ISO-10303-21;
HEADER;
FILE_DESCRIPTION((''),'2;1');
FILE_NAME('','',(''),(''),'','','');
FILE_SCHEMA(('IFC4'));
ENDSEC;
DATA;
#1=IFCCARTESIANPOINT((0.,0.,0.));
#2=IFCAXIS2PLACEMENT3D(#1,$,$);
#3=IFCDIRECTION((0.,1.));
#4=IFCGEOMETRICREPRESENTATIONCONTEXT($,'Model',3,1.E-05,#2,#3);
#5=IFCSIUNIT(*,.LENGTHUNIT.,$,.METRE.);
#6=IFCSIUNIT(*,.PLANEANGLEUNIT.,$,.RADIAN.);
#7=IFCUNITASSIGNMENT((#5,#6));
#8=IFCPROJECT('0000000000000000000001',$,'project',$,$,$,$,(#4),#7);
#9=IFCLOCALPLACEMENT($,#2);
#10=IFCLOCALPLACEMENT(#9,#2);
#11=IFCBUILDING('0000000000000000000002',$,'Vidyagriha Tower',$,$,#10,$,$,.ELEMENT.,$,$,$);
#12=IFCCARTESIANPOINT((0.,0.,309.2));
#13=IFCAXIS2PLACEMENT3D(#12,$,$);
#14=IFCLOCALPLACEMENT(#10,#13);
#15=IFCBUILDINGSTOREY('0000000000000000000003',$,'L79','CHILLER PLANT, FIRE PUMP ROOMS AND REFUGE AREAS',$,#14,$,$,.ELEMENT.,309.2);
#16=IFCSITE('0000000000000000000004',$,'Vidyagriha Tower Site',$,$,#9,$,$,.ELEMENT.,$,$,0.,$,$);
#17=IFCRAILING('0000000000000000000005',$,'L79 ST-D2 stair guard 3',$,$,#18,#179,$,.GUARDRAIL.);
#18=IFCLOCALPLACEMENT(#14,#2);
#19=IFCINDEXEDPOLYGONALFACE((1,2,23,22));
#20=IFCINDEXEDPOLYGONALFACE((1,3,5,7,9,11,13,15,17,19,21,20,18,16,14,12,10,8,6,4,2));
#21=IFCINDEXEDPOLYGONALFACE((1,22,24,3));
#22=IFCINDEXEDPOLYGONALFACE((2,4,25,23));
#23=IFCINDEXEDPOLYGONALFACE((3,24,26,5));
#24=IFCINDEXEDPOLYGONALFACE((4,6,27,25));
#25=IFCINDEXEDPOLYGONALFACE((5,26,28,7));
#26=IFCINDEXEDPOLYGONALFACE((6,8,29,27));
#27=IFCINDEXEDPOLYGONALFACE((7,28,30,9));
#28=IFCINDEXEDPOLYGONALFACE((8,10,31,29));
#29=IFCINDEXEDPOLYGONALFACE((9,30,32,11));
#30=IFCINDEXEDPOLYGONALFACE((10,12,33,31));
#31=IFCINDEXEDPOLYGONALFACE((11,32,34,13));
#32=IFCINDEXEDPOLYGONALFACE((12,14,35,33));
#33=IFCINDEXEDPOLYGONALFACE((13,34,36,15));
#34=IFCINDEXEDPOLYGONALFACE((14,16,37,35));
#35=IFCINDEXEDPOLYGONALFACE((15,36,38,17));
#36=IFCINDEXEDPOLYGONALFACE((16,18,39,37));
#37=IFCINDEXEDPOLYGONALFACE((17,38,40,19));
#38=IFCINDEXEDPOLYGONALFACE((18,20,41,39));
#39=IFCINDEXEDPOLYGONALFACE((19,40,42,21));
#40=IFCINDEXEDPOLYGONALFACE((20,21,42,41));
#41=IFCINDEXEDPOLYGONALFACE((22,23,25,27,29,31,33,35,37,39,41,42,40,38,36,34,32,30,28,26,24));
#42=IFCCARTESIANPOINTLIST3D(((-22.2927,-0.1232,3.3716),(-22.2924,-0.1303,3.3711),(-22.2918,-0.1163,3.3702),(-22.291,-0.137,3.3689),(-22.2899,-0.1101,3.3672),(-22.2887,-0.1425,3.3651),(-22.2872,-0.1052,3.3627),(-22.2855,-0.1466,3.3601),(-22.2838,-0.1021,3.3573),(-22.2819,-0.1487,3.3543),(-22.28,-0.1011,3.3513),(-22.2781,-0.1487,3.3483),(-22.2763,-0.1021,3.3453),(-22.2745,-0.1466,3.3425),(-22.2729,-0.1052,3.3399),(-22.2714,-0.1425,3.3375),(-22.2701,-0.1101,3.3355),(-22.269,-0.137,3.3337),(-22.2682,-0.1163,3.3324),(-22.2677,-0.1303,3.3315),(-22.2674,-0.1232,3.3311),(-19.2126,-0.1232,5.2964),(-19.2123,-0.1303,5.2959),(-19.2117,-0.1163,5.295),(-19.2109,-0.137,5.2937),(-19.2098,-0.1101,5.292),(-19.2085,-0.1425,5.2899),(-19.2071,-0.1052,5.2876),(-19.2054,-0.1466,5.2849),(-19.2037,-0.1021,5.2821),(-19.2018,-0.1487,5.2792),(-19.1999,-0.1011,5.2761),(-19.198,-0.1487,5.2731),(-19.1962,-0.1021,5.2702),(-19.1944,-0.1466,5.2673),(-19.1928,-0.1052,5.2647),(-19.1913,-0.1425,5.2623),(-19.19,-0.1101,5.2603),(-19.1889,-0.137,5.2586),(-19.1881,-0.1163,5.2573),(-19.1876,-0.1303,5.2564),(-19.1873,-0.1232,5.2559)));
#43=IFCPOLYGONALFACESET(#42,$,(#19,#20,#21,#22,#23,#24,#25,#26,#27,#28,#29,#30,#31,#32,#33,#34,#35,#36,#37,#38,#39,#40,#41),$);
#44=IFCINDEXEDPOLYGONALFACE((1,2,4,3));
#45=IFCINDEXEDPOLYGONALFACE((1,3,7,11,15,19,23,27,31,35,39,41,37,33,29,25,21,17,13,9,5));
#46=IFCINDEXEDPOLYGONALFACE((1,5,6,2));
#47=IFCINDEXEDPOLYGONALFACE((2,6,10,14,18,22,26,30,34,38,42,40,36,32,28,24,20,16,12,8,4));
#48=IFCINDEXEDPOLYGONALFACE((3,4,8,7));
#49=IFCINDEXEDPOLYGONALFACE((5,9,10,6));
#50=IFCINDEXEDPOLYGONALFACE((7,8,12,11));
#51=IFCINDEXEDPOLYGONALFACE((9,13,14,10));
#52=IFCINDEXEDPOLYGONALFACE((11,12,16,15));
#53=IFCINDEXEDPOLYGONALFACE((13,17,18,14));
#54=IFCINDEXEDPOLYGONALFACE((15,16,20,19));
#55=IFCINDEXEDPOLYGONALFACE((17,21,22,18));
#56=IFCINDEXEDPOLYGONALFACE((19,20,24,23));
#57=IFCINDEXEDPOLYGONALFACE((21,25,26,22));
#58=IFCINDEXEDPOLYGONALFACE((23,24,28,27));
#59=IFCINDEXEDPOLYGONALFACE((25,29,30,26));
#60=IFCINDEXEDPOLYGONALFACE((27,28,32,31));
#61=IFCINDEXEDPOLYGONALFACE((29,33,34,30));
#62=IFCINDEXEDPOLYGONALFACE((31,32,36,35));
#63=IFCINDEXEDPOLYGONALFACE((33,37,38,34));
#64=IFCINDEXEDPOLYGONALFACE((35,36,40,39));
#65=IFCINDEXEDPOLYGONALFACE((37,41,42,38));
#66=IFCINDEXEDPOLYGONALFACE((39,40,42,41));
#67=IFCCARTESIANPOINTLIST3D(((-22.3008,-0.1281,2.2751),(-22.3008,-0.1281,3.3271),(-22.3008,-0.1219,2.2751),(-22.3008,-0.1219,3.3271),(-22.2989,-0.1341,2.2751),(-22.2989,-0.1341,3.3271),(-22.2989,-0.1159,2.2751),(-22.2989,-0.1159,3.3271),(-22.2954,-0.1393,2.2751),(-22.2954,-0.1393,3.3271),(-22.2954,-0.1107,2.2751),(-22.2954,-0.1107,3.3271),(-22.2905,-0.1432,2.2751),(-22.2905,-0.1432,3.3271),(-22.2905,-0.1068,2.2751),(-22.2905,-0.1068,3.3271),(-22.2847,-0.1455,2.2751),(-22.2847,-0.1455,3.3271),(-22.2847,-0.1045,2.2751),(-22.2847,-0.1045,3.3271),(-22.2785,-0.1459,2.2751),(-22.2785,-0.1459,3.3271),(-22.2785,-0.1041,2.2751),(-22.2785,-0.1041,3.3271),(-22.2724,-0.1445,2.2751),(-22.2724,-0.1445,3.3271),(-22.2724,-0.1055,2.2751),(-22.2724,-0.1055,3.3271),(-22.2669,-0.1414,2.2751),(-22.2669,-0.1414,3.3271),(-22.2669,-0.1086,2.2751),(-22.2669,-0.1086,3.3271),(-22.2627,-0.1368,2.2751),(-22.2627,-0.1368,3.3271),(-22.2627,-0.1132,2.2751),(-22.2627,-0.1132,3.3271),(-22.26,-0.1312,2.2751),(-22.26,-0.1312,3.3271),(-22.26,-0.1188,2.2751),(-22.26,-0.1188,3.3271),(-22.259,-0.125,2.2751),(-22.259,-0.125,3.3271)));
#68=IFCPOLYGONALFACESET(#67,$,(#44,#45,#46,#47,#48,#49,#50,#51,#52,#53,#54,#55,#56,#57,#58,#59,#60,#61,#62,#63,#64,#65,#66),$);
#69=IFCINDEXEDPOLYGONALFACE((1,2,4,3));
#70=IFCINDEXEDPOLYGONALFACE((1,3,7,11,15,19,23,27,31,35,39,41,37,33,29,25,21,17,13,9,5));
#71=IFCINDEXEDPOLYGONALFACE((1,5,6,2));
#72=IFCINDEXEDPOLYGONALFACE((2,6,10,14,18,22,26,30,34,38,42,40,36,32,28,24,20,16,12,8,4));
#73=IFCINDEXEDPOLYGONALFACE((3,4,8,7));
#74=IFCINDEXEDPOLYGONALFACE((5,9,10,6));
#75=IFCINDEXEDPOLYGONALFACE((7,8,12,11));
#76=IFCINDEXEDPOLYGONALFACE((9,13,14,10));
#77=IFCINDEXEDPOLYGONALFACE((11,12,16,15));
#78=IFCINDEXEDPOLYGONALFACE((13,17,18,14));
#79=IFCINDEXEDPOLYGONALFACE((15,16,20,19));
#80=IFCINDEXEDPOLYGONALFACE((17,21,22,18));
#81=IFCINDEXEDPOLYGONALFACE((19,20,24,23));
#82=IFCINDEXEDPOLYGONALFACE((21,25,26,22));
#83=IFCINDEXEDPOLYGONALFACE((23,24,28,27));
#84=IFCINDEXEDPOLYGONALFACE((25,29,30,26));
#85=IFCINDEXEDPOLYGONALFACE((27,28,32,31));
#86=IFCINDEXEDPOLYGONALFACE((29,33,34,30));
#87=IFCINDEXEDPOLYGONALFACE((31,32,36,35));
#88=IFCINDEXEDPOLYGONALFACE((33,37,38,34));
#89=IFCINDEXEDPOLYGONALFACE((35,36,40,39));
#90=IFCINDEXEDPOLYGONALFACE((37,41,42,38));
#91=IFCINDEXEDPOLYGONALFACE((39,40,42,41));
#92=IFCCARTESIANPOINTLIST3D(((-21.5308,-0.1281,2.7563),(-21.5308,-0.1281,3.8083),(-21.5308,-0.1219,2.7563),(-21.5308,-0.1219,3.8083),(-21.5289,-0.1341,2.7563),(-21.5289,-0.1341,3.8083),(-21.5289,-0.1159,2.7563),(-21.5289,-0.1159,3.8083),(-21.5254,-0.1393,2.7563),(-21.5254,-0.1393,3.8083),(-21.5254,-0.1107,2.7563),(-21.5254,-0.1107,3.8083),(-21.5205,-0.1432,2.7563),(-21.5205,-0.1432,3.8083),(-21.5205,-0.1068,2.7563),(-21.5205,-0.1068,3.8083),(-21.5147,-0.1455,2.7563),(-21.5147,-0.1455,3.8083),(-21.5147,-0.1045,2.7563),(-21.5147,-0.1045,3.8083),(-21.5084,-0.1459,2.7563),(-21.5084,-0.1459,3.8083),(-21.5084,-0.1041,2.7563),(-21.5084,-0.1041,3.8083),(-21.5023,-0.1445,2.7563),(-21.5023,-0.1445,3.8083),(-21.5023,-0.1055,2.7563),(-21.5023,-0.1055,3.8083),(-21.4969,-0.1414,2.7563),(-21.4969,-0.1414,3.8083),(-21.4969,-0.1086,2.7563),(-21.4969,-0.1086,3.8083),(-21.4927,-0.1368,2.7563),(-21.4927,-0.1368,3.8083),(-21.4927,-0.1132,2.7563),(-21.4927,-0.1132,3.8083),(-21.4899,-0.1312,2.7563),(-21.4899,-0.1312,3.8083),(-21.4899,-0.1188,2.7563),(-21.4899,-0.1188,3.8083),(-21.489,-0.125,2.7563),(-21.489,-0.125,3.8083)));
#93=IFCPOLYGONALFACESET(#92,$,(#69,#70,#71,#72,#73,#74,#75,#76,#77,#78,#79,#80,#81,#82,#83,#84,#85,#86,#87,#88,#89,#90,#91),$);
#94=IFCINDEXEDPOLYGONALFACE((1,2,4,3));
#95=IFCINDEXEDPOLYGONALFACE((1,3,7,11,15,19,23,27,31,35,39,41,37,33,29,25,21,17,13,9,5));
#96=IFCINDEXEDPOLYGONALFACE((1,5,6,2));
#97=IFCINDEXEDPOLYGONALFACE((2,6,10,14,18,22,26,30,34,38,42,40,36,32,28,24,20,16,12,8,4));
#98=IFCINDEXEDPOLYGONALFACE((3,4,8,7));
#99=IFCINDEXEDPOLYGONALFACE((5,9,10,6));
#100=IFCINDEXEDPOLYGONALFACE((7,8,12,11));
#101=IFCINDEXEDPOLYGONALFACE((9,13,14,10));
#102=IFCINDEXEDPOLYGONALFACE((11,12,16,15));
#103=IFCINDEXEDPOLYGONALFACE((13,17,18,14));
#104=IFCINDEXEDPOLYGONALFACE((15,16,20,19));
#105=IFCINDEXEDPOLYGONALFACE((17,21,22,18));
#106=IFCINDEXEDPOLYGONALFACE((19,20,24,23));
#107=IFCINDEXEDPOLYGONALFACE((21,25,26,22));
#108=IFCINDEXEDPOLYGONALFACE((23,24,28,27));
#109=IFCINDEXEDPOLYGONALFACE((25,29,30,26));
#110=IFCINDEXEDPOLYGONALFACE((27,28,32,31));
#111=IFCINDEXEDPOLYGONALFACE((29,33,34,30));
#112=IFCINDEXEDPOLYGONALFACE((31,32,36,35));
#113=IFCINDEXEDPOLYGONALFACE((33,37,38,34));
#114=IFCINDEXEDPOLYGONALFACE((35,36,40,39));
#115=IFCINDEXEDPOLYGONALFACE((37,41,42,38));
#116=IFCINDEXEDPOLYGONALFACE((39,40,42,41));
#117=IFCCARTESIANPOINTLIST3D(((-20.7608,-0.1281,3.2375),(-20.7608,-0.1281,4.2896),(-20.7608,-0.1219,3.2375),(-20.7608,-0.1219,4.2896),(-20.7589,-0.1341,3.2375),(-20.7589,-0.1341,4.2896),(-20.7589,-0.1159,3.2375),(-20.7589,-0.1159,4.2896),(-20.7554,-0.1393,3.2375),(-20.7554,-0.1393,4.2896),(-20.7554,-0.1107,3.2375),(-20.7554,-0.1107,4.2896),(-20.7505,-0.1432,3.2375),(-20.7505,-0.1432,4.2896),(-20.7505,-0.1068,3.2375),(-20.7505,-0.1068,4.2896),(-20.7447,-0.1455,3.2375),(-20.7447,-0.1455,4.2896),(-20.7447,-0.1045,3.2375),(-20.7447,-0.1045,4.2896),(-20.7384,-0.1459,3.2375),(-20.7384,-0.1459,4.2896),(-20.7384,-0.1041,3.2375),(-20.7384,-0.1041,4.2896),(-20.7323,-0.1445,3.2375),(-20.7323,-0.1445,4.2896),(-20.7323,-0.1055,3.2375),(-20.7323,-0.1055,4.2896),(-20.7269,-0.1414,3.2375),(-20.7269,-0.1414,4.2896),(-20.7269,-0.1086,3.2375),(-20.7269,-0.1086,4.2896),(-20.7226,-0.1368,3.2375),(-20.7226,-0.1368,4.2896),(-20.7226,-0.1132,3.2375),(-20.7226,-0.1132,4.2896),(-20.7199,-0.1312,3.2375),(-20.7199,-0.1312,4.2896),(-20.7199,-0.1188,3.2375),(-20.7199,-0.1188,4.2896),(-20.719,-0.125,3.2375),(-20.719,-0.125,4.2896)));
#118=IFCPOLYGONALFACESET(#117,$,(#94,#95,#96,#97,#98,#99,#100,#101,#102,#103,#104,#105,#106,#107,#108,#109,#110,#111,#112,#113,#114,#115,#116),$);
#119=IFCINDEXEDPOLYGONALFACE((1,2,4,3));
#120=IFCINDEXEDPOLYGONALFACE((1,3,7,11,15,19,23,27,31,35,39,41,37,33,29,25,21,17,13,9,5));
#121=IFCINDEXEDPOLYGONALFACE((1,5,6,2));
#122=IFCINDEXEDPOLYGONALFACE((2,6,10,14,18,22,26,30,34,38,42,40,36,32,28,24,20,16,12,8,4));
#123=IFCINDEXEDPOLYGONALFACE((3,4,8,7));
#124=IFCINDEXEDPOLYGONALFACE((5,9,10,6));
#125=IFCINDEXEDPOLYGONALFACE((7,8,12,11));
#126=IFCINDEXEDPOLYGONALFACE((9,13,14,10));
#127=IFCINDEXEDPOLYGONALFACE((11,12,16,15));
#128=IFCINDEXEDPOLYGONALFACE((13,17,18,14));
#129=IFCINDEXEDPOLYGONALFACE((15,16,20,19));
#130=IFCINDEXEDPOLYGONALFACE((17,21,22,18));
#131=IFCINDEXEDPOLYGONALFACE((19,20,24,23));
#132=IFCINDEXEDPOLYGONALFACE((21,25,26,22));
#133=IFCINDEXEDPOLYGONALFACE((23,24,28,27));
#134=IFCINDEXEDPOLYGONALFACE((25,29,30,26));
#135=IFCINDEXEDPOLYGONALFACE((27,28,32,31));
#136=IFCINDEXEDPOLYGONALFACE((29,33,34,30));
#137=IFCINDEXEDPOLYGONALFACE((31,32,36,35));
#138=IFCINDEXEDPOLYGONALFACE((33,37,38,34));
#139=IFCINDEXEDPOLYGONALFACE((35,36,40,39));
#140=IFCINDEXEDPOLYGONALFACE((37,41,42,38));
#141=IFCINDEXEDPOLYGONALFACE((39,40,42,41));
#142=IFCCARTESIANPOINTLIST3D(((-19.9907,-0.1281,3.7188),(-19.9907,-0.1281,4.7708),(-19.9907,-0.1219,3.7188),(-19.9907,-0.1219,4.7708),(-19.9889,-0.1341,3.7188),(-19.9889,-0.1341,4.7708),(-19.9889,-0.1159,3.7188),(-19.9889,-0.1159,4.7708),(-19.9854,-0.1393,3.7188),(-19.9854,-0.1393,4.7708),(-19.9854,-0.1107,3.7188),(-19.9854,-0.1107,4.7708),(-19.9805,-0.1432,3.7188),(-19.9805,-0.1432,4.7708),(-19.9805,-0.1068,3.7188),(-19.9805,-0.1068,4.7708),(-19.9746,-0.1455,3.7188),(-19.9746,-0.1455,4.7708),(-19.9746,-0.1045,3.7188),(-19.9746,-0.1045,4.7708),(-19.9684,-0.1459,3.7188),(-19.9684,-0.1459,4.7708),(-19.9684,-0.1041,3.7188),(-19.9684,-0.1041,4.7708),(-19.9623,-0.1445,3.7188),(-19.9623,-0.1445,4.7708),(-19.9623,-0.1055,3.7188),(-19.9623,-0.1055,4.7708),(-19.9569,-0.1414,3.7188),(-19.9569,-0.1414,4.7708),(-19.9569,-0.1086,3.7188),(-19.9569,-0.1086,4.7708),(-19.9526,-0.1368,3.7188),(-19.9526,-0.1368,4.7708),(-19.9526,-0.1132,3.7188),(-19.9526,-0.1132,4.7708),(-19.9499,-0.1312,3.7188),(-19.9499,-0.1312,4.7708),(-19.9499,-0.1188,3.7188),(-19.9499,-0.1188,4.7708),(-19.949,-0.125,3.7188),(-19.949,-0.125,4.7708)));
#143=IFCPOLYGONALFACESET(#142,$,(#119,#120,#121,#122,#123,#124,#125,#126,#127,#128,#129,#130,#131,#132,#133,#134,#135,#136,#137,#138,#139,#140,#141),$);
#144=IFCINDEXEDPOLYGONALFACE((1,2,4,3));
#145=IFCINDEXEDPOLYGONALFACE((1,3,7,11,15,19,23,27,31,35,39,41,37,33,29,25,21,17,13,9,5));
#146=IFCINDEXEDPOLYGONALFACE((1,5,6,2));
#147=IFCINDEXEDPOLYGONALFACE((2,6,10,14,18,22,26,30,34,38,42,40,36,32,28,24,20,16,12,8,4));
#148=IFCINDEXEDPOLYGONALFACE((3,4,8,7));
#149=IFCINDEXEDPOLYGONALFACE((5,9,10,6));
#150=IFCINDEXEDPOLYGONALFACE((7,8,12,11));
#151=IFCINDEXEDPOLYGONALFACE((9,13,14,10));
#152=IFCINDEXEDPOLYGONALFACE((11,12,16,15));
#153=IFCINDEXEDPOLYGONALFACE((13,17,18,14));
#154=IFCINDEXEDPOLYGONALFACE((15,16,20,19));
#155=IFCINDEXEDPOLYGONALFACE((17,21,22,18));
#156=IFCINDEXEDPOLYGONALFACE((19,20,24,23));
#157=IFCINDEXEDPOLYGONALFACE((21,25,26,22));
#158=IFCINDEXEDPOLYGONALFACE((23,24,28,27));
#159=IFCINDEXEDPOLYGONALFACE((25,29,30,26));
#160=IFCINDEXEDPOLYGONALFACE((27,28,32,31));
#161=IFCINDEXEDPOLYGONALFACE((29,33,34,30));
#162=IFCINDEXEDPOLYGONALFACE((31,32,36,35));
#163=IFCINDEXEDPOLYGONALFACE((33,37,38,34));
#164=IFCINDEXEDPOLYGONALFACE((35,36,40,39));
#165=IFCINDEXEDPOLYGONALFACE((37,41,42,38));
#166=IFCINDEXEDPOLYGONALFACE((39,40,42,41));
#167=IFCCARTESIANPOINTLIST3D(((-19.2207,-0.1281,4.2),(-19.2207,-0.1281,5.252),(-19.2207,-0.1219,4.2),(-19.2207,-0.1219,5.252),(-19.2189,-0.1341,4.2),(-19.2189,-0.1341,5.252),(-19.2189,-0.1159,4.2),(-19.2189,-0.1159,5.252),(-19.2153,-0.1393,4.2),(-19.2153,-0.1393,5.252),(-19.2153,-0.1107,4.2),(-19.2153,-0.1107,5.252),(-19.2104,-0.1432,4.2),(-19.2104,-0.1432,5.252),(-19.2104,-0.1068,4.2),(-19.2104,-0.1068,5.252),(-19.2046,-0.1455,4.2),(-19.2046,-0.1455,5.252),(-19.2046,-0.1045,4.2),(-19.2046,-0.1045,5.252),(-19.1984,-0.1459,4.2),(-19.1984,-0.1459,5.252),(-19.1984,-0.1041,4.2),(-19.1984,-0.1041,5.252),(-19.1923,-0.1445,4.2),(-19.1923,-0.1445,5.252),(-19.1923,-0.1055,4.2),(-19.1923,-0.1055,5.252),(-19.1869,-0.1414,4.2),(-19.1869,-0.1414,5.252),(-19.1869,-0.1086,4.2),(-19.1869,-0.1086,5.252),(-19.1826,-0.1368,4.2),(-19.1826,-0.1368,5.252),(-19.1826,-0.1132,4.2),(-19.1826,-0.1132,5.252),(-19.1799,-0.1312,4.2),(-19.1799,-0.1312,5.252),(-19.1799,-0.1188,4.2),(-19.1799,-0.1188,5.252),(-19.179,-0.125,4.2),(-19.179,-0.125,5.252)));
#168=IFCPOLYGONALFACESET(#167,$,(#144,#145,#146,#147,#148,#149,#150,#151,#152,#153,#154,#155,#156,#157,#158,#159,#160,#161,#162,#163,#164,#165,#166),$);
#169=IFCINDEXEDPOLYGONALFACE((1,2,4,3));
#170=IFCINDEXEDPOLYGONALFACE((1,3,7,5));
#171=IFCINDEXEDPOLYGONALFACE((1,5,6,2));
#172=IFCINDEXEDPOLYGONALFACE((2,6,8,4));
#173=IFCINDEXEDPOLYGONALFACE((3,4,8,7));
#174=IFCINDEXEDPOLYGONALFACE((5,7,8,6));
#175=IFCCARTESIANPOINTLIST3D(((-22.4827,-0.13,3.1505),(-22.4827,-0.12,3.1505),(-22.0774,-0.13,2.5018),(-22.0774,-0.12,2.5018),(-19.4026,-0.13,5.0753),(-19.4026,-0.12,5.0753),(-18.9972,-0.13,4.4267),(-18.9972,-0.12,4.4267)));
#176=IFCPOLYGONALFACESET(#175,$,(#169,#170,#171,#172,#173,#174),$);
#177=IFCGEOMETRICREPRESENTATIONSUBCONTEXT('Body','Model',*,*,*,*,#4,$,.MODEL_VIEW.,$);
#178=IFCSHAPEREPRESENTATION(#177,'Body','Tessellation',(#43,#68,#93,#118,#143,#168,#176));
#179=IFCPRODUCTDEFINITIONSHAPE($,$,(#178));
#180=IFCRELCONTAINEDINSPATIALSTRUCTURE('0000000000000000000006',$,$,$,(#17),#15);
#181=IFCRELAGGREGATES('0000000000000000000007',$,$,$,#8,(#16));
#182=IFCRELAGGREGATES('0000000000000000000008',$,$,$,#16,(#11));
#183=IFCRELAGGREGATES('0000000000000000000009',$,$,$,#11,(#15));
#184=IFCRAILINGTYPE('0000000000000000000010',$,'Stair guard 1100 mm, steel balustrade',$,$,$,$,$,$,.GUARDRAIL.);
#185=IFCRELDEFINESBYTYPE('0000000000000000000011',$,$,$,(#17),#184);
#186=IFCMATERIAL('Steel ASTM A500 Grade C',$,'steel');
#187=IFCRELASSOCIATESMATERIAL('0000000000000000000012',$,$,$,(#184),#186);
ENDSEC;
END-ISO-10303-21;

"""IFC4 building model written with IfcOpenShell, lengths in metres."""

from ifc_helpers import new_model, si_unit, direction, frame, origin, origin_2d, place, context, subcontext, project, spatial, rectangle, circle, extrude, material, type_object, element, save


model = new_model("IFC4")

# Units and contexts
model_context = context("Model", 3, precision=1e-05, world=origin(), true_north=direction((0.0, 1.0)))
body_context = subcontext(model_context, "Body", "Model", "MODEL_VIEW")
ifc_project = project(units=[si_unit("LENGTHUNIT", "METRE"), si_unit("PLANEANGLEUNIT", "RADIAN")], contexts=[model_context])

# Site, building, storey
site_placement = place(None, origin())
site = spatial("IfcSite", under=ifc_project, at=site_placement, Name="Vidyagriha Tower Site", CompositionType="ELEMENT", RefElevation=0.0)
building_placement = place(site_placement, origin())
building = spatial("IfcBuilding", under=site, at=building_placement, Name="Vidyagriha Tower", CompositionType="ELEMENT")
storey_placement = place(building_placement, frame((0.0, 0.0, 309.2)))
storey = spatial("IfcBuildingStorey", under=building, at=storey_placement, Name="L79", Description="CHILLER PLANT, FIRE PUMP ROOMS AND REFUGE AREAS", CompositionType="ELEMENT", Elevation=309.2)

# Railing
ifc_material_1 = material(Name="Steel ASTM A500 Grade C", Category="steel")
railing_type_1 = type_object("IfcRailingType", Name="Stair guard 1100 mm, steel balustrade", PredefinedType="GUARDRAIL", material=ifc_material_1)
railing_1_placement = place(storey_placement, frame((-22.28, -0.125, 2.2751)))
element("IfcRailing", 1, at=railing_1_placement, inside=storey, type_object=railing_type_1, Name="L79 ST-D2 stair guard 3", PredefinedType="GUARDRAIL", context=body_context, shape_type="SweptSolid", body=[
    extrude(circle(Radius=0.0239, at=origin_2d()), frame((0.0, 0.0, 1.0762), z_axis=(0.848029, 0.0, 0.529951), x_axis=(0.0, 1.0, 0.0)), (0.0, 0.0, 1.0), 3.6321),
    extrude(circle(Radius=0.021, at=origin_2d()), origin(), (0.0, 0.0, 1.0), 1.052),
    extrude(circle(Radius=0.021, at=origin_2d()), frame((0.77, 0.0, 0.4812)), (0.0, 0.0, 1.0), 1.052),
    extrude(circle(Radius=0.021, at=origin_2d()), frame((1.54, 0.0, 0.9624)), (0.0, 0.0, 1.0), 1.052),
    extrude(circle(Radius=0.021, at=origin_2d()), frame((2.3101, 0.0, 1.4436)), (0.0, 0.0, 1.0), 1.052),
    extrude(circle(Radius=0.021, at=origin_2d()), frame((3.0801, 0.0, 1.9248)), (0.0, 0.0, 1.0), 1.052),
    extrude(rectangle(XDim=0.01, YDim=0.7649, at=origin_2d()), frame((0.0, 0.0, 0.551), z_axis=(0.848029, 0.0, 0.529951), x_axis=(0.0, 1.0, 0.0)), (0.0, 0.0, 1.0), 3.6321),
])

save(model, "model.ifc")
